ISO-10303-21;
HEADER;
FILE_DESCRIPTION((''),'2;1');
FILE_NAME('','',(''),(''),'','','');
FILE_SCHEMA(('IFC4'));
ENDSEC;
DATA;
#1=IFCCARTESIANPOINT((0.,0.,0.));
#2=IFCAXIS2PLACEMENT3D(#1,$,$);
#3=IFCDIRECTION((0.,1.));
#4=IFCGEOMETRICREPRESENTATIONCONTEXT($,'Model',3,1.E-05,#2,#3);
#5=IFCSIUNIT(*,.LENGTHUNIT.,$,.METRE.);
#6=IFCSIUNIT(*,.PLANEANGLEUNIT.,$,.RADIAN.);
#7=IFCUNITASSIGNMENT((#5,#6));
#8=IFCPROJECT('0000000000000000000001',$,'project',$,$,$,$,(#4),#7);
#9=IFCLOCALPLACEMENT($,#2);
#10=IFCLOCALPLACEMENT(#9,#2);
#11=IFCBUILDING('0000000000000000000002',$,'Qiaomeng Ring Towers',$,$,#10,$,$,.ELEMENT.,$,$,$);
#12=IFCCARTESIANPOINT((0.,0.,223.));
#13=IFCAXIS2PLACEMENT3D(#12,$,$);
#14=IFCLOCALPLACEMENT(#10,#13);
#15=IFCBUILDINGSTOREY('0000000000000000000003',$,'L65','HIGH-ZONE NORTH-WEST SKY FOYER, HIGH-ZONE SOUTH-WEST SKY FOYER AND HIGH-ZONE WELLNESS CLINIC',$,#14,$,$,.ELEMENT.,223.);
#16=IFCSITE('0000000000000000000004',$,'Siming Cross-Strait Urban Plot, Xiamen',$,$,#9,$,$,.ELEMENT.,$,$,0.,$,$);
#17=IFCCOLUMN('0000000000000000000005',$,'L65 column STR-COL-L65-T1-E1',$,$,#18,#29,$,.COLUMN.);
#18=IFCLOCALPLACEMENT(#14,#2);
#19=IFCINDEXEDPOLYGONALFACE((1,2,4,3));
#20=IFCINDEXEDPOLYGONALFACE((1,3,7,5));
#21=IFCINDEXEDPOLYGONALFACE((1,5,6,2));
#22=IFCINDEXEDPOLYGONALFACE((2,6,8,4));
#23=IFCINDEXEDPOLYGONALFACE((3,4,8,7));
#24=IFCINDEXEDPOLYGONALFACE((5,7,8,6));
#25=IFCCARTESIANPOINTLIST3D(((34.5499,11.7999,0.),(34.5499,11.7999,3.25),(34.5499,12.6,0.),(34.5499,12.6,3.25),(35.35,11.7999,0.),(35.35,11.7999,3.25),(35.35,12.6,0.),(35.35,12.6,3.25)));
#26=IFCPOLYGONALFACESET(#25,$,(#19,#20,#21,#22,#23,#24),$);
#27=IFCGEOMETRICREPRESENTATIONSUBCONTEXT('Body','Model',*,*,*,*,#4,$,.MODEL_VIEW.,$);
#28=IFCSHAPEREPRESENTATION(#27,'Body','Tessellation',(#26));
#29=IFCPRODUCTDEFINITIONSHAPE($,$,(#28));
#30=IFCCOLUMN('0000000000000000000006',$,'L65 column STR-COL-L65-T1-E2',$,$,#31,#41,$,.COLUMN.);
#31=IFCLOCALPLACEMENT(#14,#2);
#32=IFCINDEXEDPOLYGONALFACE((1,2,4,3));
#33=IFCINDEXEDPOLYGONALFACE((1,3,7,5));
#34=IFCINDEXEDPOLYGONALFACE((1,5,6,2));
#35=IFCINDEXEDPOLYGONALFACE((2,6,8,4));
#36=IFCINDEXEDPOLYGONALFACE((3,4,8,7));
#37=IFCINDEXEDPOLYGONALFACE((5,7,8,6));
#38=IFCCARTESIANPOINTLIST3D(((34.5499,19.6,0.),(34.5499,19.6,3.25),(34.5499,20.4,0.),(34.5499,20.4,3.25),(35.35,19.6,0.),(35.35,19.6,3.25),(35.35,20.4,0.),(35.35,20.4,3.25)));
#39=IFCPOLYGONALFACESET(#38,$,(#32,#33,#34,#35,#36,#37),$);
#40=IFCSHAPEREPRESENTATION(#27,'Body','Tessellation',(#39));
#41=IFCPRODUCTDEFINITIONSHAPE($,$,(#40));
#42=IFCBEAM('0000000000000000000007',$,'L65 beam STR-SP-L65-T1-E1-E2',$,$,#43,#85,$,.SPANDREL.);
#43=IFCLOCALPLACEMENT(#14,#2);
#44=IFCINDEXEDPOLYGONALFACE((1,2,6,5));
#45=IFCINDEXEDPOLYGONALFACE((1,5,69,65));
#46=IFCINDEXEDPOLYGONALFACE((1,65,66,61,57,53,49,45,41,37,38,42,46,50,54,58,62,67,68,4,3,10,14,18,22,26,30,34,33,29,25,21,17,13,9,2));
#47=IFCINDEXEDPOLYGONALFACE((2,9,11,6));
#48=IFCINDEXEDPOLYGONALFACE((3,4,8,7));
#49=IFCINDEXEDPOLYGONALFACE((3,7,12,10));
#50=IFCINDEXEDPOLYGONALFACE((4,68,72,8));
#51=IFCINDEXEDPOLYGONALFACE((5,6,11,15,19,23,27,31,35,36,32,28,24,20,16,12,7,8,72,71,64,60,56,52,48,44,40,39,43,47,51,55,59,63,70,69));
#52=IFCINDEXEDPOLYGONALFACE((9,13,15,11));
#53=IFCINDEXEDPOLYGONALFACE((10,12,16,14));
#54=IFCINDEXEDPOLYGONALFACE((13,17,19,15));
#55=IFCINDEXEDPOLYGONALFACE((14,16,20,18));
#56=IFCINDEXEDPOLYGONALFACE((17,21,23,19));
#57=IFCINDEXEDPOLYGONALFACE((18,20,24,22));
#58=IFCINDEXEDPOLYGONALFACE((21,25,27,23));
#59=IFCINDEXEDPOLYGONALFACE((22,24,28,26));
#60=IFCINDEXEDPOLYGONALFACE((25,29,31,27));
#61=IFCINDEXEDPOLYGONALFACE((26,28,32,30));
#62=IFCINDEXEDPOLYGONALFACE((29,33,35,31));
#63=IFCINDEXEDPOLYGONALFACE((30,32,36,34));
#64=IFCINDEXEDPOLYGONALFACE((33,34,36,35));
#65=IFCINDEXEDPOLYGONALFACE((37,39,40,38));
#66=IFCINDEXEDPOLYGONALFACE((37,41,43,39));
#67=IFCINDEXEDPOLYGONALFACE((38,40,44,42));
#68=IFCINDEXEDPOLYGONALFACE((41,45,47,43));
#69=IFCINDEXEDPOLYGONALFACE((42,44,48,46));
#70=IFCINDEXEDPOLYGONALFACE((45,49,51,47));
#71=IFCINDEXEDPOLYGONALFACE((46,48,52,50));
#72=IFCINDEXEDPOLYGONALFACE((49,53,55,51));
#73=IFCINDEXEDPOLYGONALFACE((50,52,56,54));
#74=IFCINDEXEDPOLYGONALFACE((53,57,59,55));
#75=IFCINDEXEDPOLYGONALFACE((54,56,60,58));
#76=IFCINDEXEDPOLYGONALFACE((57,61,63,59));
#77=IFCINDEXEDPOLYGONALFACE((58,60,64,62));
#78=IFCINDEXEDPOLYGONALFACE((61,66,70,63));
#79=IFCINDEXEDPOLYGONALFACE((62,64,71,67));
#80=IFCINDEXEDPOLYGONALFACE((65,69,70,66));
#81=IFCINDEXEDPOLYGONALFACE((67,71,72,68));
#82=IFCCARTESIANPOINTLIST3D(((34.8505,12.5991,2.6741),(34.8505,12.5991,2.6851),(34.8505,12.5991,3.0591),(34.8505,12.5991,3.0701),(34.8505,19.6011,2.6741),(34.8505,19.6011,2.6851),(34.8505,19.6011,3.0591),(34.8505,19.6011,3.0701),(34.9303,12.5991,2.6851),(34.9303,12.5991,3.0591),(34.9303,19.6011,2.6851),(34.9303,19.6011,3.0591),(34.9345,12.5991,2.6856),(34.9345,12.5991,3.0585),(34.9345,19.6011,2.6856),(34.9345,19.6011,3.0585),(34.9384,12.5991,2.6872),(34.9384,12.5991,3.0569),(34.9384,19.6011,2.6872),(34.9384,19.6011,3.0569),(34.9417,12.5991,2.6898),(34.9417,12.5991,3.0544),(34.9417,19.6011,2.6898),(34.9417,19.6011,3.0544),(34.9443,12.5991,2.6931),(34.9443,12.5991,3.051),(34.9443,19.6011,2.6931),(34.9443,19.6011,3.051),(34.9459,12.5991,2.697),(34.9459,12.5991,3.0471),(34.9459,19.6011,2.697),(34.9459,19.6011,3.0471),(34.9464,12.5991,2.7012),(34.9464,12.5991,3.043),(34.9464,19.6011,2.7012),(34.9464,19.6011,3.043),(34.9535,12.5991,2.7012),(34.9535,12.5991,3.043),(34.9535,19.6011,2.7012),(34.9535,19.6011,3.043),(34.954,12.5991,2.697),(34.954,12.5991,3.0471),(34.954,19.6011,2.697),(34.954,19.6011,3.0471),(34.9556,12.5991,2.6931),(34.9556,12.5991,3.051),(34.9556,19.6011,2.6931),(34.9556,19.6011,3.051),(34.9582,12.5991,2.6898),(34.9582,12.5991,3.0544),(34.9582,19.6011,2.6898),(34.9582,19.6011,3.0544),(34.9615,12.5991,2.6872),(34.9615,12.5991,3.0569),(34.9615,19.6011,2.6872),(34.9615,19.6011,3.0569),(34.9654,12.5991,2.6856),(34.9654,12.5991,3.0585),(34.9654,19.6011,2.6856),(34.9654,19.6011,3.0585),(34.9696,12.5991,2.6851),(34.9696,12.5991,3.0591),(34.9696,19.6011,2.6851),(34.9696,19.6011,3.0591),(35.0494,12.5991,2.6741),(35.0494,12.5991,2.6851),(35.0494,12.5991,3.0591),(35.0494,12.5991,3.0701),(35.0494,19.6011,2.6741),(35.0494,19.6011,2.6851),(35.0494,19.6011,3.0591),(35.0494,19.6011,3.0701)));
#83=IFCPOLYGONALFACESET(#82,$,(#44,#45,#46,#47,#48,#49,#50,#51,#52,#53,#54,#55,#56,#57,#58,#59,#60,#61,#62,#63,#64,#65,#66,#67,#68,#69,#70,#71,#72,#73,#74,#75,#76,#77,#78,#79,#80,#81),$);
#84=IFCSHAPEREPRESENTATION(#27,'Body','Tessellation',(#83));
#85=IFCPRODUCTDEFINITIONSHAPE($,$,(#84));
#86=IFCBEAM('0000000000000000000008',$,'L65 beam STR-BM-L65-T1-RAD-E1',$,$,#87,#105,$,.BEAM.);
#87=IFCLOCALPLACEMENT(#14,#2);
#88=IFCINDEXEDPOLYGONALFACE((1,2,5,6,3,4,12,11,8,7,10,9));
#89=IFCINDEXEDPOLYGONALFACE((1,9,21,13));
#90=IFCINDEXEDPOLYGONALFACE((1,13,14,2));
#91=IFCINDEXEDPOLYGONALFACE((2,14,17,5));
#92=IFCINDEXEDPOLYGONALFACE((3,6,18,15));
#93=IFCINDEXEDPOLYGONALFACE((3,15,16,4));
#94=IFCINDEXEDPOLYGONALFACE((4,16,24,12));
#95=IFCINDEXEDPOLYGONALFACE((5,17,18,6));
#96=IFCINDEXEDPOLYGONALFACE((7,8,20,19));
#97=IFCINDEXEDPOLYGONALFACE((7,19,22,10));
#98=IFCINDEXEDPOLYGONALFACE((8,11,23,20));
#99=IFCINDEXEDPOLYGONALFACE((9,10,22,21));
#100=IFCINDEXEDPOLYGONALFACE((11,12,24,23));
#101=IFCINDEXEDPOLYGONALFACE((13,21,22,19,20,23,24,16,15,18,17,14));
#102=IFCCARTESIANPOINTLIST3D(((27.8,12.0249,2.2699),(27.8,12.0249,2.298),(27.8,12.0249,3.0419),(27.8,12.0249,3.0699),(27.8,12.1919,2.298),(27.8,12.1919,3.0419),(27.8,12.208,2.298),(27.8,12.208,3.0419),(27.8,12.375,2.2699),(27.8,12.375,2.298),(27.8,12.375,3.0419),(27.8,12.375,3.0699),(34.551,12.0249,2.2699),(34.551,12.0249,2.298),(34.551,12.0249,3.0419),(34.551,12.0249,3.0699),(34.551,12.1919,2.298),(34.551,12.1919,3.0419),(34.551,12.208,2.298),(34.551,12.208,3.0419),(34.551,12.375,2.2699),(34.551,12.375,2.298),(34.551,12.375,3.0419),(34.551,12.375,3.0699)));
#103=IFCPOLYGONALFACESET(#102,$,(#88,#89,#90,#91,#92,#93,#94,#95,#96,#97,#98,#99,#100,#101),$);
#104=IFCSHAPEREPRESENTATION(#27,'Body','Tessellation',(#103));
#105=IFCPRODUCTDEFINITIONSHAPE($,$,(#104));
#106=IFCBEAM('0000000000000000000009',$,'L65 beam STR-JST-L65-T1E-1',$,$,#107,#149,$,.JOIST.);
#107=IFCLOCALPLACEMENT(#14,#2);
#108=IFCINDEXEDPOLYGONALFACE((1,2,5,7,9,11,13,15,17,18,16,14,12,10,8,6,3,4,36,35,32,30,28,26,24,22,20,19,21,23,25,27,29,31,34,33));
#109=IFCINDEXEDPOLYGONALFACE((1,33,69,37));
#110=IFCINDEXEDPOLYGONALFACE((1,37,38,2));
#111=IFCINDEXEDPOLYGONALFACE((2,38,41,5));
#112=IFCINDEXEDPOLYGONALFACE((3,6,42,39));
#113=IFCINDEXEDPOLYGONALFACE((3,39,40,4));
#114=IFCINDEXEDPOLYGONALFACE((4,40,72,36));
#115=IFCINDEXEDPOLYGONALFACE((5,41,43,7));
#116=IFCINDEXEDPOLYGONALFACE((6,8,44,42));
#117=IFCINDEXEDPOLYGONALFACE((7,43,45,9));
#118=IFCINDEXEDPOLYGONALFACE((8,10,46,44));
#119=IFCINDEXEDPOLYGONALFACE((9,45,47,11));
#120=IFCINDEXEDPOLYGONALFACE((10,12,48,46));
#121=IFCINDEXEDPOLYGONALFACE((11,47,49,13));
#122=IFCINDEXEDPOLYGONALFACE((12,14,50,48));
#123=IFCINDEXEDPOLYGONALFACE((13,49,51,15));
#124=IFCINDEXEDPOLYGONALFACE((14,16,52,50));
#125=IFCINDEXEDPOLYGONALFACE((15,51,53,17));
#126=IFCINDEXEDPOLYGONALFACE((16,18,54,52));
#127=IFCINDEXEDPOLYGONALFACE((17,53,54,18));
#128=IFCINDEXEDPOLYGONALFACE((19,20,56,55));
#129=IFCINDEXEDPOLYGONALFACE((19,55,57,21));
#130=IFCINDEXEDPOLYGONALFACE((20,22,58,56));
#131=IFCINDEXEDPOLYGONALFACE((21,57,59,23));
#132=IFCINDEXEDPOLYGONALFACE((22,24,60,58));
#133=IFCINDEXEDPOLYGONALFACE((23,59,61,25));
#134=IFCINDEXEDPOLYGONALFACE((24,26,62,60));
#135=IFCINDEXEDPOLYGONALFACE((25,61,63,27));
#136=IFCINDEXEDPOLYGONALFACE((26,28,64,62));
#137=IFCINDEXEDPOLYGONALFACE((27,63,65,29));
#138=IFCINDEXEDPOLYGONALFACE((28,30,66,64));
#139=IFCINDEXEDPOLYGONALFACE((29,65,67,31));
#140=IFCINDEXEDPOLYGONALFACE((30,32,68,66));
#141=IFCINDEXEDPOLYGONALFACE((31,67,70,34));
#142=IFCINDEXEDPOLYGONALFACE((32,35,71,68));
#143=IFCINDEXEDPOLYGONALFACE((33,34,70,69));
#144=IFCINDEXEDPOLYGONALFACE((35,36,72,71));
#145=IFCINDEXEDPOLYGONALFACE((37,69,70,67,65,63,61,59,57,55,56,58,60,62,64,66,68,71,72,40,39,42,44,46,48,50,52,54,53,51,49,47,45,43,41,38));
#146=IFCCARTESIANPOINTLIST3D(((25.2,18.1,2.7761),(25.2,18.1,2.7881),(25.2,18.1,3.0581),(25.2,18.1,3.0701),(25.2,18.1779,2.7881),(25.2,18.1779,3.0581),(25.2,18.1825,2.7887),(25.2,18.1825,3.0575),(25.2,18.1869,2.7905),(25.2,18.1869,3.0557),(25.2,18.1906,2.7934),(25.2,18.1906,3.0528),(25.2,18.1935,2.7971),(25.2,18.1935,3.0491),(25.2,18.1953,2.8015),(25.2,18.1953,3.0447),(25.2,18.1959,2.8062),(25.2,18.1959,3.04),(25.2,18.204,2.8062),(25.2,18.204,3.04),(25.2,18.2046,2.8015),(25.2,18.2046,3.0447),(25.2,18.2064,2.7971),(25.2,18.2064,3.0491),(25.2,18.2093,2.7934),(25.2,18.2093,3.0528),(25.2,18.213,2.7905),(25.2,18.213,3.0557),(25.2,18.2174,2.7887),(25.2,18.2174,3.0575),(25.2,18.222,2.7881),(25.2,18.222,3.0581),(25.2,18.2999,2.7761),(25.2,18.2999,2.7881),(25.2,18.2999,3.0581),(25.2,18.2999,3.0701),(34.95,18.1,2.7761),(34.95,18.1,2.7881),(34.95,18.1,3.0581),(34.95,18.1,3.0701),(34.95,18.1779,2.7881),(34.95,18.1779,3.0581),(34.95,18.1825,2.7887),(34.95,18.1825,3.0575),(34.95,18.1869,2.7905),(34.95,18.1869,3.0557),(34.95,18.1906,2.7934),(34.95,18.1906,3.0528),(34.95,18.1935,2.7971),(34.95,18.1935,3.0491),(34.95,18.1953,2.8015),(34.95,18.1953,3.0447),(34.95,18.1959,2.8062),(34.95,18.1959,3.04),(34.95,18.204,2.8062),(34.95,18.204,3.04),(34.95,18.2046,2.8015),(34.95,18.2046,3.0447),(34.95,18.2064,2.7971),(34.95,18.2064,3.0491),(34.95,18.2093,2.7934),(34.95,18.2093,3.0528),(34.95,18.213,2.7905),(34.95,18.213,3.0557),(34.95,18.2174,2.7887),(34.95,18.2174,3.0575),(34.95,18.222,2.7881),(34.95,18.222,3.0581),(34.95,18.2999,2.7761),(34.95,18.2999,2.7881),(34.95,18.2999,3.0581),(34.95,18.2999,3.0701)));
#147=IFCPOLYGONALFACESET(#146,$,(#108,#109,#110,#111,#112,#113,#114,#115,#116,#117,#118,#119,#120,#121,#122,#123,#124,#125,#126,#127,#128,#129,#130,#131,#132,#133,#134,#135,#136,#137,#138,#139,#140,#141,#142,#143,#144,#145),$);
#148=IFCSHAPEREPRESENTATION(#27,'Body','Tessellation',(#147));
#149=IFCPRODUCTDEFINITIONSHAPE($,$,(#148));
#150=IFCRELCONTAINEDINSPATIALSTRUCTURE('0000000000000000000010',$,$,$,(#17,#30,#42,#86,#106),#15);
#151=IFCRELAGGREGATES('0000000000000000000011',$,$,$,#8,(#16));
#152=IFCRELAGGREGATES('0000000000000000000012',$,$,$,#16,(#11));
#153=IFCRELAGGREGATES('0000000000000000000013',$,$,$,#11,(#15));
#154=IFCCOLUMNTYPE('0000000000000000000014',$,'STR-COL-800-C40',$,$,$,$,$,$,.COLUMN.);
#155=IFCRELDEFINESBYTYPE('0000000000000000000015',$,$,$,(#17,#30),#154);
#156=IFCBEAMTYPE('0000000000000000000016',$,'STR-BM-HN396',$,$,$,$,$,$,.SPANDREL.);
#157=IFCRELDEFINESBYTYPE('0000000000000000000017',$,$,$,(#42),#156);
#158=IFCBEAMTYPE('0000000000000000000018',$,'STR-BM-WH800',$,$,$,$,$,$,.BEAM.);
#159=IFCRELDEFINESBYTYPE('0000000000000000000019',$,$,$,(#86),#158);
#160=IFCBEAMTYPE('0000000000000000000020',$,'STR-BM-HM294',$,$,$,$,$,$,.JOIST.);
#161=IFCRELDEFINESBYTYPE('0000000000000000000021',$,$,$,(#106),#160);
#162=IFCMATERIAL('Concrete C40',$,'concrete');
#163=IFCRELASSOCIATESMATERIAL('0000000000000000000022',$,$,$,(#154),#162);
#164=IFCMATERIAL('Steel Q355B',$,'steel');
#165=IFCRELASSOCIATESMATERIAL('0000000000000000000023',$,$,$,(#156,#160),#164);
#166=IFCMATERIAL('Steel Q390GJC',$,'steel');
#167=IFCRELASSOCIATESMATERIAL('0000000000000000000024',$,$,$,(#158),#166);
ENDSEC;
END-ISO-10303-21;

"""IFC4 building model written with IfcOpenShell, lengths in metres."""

from ifc_helpers import new_model, si_unit, direction, frame, origin, origin_2d, place, context, subcontext, project, spatial, rectangle, i_section, extrude, source, transform, mapped, material, material_profile, profile_set, type_object, element, save


model = new_model("IFC4")

# Units and contexts
model_context = context("Model", 3, precision=1e-05, world=origin(), true_north=direction((0.0, 1.0)))
body_context = subcontext(model_context, "Body", "Model", "MODEL_VIEW")
ifc_project = project(units=[si_unit("LENGTHUNIT", "METRE"), si_unit("PLANEANGLEUNIT", "RADIAN")], contexts=[model_context])

# Site, building, storey
site_placement = place(None, origin())
site = spatial("IfcSite", under=ifc_project, at=site_placement, Name="Siming Cross-Strait Urban Plot, Xiamen", CompositionType="ELEMENT", RefElevation=0.0)
building_placement = place(site_placement, origin())
building = spatial("IfcBuilding", under=site, at=building_placement, Name="Qiaomeng Ring Towers", CompositionType="ELEMENT")
storey_placement = place(building_placement, frame((0.0, 0.0, 223.0)))
storey = spatial("IfcBuildingStorey", under=building, at=storey_placement, Name="L65", Description="HIGH-ZONE NORTH-WEST SKY FOYER, HIGH-ZONE SOUTH-WEST SKY FOYER AND HIGH-ZONE WELLNESS CLINIC", CompositionType="ELEMENT", Elevation=223.0)

# Columns
ifc_material_1 = material(Name="Concrete C40", Category="concrete")
ifc_material_profile_1 = material_profile(ifc_material_1, rectangle(XDim=0.8, YDim=0.8, at=origin_2d()), Name="RC COL 800x800")
ifc_profile_set_1 = profile_set([ifc_material_profile_1], Name="Concrete C40")
column_type = type_object("IfcColumnType", Name="STR-COL-800-C40", PredefinedType="COLUMN", material=ifc_profile_set_1)
shared_shape_1 = source(origin(), body_context, "Body", "SweptSolid", [
    extrude(rectangle(XDim=0.8, YDim=0.8, at=origin_2d()), origin(), (0.0, 0.0, 1.0), 3.25),
])
for number, where, z_axis, x_axis, name in (
    (1, (34.95, 12.2, 0.0), (0.0, 0.0, 1.0), (1.0, 0.0, 0.0), "L65 column STR-COL-L65-T1-E1"),
    (2, (34.95, 20.0, 0.0), (0.0, 0.0, 1.0), (1.0, 0.0, 0.0), "L65 column STR-COL-L65-T1-E2"),
):
    element("IfcColumn", number, at=place(storey_placement, frame(where, z_axis=z_axis, x_axis=x_axis)), inside=storey, type_object=column_type, Name=name, PredefinedType="COLUMN", context=body_context, shape_type="MappedRepresentation", body=[
        mapped(shared_shape_1, transform((0.0, 0.0, 0.0), x_axis=(1.0, 0.0, 0.0), y_axis=(0.0, 1.0, 0.0), z_axis=(0.0, 0.0, 1.0), scale=1.0)),
    ])

# Beams
ifc_material_2 = material(Name="Steel Q355B", Category="steel")
ifc_material_profile_2 = material_profile(ifc_material_2, i_section(OverallWidth=0.199, OverallDepth=0.396, WebThickness=0.0071, FlangeThickness=0.011, FilletRadius=0.0161, at=origin_2d()), Name="HN 396x199x7x11")
ifc_profile_set_2 = profile_set([ifc_material_profile_2], Name="Steel Q355B")
beam_type_1 = type_object("IfcBeamType", Name="STR-BM-HN396", PredefinedType="SPANDREL", material=ifc_profile_set_2)
shared_shape_2 = source(origin(), body_context, "Body", "SweptSolid", [
    extrude(i_section(OverallWidth=0.199, OverallDepth=0.396, WebThickness=0.0071, FlangeThickness=0.011, FilletRadius=0.0161, at=origin_2d()), origin(), (0.0, 0.0, 1.0), 7.002),
])
beam_1_placement = place(storey_placement, frame((34.95, 12.5991, 2.8721), z_axis=(0.0, 1.0, 0.0), x_axis=(-1.0, 0.0, 0.0)))
element("IfcBeam", 3, at=beam_1_placement, inside=storey, type_object=beam_type_1, Name="L65 beam STR-SP-L65-T1-E1-E2", PredefinedType="SPANDREL", context=body_context, shape_type="MappedRepresentation", body=[
    mapped(shared_shape_2, transform((0.0, 0.0, 0.0), x_axis=(1.0, 0.0, 0.0), y_axis=(0.0, 1.0, 0.0), z_axis=(0.0, 0.0, 1.0), scale=1.0)),
])
ifc_material_3 = material(Name="Steel Q390GJC", Category="steel")
ifc_material_profile_3 = material_profile(ifc_material_3, i_section(OverallWidth=0.3501, OverallDepth=0.8, WebThickness=0.0161, FlangeThickness=0.0281, at=origin_2d()), Name="WH 800x350x16x28")
ifc_profile_set_3 = profile_set([ifc_material_profile_3], Name="Steel Q390GJC")
beam_type_2 = type_object("IfcBeamType", Name="STR-BM-WH800", PredefinedType="BEAM", material=ifc_profile_set_3)
shared_shape_3 = source(origin(), body_context, "Body", "SweptSolid", [
    extrude(i_section(OverallWidth=0.3501, OverallDepth=0.8, WebThickness=0.0161, FlangeThickness=0.0281, at=origin_2d()), origin(), (0.0, 0.0, 1.0), 6.751),
])
beam_2_placement = place(storey_placement, frame((27.8, 12.2, 2.6699), z_axis=(1.0, 0.0, 0.0), x_axis=(0.0, 1.0, 0.0)))
element("IfcBeam", 4, at=beam_2_placement, inside=storey, type_object=beam_type_2, Name="L65 beam STR-BM-L65-T1-RAD-E1", PredefinedType="BEAM", context=body_context, shape_type="MappedRepresentation", body=[
    mapped(shared_shape_3, transform((0.0, 0.0, 0.0), x_axis=(1.0, 0.0, 0.0), y_axis=(0.0, 1.0, 0.0), z_axis=(0.0, 0.0, 1.0), scale=1.0)),
])
ifc_material_profile_4 = material_profile(ifc_material_2, i_section(OverallWidth=0.2, OverallDepth=0.2939, WebThickness=0.0081, FlangeThickness=0.012, FilletRadius=0.0181, at=origin_2d()), Name="HM 294x200x8x12")
ifc_profile_set_4 = profile_set([ifc_material_profile_4], Name="Steel Q355B")
beam_type_3 = type_object("IfcBeamType", Name="STR-BM-HM294", PredefinedType="JOIST", material=ifc_profile_set_4)
shared_shape_4 = source(origin(), body_context, "Body", "SweptSolid", [
    extrude(i_section(OverallWidth=0.2, OverallDepth=0.2939, WebThickness=0.0081, FlangeThickness=0.012, FilletRadius=0.0181, at=origin_2d()), origin(), (0.0, 0.0, 1.0), 9.75),
])
beam_3_placement = place(storey_placement, frame((25.2, 18.2, 2.9231), z_axis=(1.0, 0.0, 0.0), x_axis=(0.0, 1.0, 0.0)))
element("IfcBeam", 5, at=beam_3_placement, inside=storey, type_object=beam_type_3, Name="L65 beam STR-JST-L65-T1E-1", PredefinedType="JOIST", context=body_context, shape_type="MappedRepresentation", body=[
    mapped(shared_shape_4, transform((0.0, 0.0, 0.0), x_axis=(1.0, 0.0, 0.0), y_axis=(0.0, 1.0, 0.0), z_axis=(0.0, 0.0, 1.0), scale=1.0)),
])

save(model, "model.ifc")
